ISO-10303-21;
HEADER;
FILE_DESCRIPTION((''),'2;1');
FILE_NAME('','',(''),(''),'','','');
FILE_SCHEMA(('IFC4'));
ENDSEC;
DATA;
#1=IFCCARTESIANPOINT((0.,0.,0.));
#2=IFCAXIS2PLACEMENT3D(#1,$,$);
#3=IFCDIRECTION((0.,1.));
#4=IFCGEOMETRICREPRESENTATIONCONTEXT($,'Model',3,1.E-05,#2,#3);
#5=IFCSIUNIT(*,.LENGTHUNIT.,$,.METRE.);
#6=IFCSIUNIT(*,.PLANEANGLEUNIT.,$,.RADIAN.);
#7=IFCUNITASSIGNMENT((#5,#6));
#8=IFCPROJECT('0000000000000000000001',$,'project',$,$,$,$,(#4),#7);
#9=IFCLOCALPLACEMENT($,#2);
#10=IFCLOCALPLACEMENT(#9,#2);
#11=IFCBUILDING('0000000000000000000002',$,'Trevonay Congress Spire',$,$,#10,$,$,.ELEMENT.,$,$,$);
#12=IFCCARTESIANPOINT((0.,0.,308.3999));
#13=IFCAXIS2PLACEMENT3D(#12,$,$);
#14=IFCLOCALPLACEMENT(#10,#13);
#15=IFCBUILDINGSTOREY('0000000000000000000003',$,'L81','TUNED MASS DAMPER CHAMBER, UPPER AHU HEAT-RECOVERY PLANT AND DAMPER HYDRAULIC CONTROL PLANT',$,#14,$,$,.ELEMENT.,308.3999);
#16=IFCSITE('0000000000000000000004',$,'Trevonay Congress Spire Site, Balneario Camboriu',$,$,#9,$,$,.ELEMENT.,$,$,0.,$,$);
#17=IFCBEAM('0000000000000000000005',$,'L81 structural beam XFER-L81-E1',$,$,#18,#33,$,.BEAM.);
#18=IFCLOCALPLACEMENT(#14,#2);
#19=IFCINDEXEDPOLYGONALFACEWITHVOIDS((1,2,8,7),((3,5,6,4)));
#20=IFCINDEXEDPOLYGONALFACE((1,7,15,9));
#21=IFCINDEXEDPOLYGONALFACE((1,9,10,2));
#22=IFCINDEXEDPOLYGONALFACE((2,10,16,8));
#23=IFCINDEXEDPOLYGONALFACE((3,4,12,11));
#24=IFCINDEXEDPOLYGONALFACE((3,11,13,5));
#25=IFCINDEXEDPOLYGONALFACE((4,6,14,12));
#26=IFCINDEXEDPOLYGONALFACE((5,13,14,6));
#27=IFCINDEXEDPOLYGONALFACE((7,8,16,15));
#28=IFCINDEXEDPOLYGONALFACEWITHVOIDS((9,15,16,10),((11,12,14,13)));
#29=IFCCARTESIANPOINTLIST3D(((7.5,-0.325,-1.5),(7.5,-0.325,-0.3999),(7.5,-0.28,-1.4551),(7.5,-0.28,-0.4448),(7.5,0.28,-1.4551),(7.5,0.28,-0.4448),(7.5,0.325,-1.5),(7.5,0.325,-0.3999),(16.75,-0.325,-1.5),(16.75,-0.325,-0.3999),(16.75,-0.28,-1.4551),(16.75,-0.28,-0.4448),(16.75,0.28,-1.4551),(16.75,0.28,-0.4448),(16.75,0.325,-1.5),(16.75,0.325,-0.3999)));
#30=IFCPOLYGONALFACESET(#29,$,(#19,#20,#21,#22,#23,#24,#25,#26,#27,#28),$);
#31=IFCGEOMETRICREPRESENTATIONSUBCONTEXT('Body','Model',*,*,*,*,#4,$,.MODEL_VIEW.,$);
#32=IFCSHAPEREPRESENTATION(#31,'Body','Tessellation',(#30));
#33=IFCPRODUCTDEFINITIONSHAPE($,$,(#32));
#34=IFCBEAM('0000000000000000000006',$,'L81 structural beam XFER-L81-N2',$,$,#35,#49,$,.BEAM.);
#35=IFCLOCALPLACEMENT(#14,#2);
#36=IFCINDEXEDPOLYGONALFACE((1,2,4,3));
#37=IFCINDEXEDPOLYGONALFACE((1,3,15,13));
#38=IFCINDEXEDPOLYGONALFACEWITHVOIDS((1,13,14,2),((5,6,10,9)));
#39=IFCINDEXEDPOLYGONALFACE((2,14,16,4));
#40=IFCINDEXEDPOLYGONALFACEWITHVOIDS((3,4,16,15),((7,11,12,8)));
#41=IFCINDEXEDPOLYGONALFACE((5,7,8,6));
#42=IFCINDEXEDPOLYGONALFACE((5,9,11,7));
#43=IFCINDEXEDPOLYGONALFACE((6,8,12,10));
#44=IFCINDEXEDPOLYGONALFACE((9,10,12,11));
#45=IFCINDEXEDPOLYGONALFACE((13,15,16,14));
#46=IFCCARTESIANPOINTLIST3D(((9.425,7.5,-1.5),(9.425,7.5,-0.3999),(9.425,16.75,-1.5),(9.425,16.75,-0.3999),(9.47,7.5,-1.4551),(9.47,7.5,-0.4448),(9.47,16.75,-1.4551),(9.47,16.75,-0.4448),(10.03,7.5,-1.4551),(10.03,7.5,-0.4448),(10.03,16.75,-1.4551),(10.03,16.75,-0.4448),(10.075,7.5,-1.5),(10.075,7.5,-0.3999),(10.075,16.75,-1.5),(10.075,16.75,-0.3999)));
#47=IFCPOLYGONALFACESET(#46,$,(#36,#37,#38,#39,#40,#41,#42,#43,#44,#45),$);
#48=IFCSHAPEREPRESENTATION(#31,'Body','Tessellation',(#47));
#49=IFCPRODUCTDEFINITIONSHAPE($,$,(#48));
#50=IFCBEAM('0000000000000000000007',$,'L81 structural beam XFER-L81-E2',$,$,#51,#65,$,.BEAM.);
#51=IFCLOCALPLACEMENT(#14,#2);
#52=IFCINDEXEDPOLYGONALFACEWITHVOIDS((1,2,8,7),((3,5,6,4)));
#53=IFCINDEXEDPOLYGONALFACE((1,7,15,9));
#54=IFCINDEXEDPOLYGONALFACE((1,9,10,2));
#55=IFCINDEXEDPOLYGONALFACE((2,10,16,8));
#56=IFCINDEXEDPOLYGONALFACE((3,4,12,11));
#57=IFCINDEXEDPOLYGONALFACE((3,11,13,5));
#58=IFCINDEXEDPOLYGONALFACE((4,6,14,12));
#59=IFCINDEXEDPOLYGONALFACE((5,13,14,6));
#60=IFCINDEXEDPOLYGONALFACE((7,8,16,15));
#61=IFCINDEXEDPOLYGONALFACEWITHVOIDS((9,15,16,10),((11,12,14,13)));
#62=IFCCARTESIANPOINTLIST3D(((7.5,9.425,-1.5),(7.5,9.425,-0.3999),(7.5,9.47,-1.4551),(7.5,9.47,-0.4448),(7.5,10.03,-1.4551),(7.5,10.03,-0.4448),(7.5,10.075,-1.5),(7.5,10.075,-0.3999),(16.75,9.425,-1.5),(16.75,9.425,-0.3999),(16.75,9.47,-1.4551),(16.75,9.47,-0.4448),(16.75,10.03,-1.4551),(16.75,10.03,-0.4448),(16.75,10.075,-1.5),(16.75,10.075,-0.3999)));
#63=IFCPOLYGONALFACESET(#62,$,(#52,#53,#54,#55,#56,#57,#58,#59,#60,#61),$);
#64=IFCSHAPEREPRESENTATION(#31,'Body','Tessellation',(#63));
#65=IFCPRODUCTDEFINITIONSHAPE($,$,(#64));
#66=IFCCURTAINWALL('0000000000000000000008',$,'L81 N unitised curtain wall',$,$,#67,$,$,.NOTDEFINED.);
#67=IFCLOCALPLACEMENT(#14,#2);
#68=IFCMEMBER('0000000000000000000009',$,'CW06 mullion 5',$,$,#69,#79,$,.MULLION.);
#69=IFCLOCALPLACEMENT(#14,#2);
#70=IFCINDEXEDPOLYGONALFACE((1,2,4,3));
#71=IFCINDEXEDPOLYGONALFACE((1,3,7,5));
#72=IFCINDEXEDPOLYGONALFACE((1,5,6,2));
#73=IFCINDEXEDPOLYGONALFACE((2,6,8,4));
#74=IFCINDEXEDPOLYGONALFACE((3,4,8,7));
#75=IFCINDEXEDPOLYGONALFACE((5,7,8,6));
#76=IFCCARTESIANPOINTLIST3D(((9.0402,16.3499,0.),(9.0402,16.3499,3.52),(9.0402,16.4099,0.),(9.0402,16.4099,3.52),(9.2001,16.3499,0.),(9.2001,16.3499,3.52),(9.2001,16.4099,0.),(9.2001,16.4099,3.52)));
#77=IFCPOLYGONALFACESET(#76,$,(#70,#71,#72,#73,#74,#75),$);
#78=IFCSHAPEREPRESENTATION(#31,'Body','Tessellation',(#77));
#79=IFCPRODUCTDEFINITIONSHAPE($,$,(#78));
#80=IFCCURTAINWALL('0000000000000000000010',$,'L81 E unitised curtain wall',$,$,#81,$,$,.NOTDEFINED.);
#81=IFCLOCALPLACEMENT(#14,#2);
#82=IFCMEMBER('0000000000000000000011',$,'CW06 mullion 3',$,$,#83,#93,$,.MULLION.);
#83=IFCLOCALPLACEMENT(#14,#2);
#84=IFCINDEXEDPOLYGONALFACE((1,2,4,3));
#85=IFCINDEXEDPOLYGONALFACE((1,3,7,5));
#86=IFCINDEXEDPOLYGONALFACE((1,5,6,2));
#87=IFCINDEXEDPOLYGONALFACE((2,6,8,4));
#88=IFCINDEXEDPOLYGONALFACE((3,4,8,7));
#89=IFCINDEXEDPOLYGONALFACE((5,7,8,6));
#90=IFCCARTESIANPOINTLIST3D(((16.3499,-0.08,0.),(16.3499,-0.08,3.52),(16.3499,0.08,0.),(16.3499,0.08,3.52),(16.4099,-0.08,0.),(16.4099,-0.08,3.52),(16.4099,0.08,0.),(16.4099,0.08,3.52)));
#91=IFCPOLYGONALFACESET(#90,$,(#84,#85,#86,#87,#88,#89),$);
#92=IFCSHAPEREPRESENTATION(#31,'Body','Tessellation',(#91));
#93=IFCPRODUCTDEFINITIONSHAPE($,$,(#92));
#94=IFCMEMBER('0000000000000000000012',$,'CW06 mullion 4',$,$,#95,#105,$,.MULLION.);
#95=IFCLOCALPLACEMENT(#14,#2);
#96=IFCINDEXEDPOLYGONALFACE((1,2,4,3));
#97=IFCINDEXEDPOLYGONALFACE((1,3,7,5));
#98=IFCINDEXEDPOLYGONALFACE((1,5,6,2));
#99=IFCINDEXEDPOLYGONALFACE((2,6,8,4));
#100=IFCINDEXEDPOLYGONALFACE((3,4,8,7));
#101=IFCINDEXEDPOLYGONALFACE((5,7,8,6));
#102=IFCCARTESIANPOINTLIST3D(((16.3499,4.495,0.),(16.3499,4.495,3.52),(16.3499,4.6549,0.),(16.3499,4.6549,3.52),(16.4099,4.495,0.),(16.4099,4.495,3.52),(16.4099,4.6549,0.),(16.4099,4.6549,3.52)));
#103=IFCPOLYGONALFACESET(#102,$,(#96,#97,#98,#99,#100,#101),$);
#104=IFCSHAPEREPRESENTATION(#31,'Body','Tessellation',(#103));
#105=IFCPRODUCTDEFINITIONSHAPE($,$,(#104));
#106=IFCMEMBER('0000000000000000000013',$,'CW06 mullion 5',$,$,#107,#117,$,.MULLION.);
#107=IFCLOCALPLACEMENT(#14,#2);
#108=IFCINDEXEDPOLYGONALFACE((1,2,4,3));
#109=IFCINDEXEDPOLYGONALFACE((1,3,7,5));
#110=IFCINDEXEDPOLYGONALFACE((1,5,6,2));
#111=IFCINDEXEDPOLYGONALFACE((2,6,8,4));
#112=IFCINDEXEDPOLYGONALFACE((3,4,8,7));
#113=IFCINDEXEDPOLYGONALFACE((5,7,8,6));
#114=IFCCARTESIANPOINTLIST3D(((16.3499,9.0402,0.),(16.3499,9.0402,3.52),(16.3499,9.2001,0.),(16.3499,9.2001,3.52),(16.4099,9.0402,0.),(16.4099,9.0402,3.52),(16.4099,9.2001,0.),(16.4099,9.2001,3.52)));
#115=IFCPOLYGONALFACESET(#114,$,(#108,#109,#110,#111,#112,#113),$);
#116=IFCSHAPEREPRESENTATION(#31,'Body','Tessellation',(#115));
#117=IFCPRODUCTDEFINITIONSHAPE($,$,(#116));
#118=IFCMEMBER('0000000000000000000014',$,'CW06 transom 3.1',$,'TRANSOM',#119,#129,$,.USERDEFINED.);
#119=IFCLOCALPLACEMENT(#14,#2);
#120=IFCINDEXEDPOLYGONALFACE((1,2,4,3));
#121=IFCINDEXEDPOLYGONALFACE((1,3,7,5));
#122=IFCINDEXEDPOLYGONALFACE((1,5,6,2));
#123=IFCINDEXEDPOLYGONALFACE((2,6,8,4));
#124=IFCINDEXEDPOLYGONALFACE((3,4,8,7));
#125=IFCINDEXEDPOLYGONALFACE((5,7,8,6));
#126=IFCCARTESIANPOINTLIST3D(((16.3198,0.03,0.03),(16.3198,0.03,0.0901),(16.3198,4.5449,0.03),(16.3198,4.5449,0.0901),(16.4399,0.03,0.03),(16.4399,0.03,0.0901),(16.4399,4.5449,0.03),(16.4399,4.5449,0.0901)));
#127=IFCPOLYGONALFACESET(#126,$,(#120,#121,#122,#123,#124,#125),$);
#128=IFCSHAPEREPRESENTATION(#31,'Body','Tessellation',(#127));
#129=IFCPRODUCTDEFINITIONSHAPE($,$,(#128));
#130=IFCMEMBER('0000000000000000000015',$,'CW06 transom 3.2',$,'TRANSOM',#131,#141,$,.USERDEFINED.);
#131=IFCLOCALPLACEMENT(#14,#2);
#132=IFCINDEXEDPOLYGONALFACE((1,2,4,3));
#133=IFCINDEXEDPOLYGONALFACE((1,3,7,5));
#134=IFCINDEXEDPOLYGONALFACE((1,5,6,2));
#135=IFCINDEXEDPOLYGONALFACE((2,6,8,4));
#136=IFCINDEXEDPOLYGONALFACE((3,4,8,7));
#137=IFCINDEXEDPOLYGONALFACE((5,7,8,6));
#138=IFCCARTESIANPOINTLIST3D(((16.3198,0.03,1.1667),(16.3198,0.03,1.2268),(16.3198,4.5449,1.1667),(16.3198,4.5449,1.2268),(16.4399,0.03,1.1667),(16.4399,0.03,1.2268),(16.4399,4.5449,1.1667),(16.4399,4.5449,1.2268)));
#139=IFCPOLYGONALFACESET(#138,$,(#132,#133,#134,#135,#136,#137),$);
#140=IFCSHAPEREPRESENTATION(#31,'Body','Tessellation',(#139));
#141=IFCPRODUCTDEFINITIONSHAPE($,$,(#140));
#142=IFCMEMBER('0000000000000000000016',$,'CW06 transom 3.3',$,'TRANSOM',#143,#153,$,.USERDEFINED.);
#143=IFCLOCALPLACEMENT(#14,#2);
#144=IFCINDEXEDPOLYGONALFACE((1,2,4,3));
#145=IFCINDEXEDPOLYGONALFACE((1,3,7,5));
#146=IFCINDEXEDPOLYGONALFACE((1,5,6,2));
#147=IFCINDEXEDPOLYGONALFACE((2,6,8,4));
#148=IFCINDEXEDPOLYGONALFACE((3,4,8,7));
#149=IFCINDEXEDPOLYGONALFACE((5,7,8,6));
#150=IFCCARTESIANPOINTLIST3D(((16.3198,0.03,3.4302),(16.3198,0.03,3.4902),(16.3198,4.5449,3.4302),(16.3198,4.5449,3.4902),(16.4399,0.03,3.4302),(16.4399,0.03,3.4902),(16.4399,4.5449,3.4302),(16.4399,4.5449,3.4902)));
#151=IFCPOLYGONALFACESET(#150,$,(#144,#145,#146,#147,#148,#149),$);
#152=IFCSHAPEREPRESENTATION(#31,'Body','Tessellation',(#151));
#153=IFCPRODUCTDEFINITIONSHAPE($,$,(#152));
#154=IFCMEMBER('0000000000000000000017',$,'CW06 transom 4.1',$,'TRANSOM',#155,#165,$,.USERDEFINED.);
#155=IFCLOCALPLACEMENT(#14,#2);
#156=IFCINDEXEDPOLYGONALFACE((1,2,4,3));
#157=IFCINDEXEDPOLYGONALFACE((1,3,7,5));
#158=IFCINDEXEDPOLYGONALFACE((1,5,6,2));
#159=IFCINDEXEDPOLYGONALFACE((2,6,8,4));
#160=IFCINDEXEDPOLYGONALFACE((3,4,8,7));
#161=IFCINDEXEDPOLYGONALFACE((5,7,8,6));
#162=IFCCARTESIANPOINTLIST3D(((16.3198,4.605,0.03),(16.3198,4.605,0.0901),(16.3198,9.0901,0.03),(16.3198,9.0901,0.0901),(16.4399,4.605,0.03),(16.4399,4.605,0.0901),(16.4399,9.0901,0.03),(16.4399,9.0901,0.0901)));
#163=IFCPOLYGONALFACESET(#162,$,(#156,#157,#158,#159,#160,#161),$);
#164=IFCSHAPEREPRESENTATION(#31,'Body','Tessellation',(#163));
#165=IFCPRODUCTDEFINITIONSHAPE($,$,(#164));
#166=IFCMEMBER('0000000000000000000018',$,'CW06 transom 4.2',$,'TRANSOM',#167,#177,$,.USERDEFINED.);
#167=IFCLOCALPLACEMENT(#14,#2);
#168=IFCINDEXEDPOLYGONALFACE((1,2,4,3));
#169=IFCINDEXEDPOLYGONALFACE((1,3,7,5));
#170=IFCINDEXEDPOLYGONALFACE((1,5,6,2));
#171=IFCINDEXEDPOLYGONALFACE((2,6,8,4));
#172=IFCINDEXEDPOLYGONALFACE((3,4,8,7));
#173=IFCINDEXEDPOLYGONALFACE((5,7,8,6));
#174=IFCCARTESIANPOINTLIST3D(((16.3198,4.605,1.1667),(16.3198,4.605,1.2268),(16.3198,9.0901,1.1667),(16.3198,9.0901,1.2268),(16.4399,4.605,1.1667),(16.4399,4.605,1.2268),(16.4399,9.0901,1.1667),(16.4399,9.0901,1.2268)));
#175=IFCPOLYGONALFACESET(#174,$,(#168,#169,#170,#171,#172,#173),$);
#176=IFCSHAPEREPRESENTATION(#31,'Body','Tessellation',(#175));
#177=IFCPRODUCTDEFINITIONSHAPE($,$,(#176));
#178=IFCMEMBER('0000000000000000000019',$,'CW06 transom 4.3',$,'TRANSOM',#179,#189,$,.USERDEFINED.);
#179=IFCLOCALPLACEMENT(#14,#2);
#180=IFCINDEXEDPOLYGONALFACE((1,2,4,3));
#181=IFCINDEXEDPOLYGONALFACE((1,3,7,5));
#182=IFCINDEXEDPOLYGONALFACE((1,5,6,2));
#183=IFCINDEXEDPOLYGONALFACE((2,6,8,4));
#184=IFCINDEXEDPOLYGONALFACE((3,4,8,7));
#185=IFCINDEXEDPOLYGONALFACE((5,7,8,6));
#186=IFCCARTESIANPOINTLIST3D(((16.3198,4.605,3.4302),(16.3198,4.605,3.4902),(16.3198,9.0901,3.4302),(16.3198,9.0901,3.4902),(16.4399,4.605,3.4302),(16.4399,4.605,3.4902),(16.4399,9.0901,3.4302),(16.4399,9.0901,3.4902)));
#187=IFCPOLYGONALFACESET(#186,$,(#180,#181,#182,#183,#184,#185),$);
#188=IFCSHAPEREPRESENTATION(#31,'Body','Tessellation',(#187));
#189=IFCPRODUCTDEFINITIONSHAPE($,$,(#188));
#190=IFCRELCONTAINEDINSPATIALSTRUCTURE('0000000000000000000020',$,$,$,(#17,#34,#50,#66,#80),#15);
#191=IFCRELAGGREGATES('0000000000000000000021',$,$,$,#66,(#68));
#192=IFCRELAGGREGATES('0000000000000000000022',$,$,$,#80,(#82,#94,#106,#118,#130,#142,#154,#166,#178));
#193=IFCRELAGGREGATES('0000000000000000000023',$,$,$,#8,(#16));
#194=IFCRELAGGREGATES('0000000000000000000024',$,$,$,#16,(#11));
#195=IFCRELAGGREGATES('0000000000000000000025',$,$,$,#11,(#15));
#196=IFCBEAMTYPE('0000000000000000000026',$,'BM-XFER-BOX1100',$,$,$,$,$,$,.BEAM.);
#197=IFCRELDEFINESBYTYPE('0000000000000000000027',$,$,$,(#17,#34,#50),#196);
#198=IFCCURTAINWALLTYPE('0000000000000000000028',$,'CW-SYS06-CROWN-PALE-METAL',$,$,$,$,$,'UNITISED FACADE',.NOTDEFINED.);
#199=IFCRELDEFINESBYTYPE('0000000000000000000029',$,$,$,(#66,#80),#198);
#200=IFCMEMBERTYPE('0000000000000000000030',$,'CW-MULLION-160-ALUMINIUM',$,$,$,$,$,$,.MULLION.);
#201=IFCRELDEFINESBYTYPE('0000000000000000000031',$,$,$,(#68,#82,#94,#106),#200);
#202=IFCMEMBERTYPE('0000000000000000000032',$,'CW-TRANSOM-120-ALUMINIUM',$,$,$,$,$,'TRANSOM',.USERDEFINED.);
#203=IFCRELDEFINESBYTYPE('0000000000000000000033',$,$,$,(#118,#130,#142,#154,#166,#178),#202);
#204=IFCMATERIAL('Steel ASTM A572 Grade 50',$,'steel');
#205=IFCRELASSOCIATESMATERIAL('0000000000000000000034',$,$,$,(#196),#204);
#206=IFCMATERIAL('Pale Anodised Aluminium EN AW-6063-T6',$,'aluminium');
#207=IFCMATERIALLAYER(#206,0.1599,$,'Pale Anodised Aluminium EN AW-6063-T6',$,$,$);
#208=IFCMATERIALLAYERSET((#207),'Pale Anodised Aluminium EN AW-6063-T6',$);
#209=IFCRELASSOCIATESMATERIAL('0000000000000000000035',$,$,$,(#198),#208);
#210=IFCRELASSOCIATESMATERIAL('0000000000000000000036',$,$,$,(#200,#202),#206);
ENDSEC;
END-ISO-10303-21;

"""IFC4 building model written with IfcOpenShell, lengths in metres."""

from ifc_helpers import new_model, si_unit, direction, frame, origin, origin_2d, place, context, subcontext, project, spatial, rectangle, hollow_rectangle, extrude, material, layer, layer_set, material_profile, profile_set, type_object, element, aggregate, save


model = new_model("IFC4")

# Units and contexts
model_context = context("Model", 3, precision=1e-05, world=origin(), true_north=direction((0.0, 1.0)))
body_context = subcontext(model_context, "Body", "Model", "MODEL_VIEW")
ifc_project = project(units=[si_unit("LENGTHUNIT", "METRE"), si_unit("PLANEANGLEUNIT", "RADIAN")], contexts=[model_context])

# Site, building, storey
site_placement = place(None, origin())
site = spatial("IfcSite", under=ifc_project, at=site_placement, Name="Trevonay Congress Spire Site, Balneario Camboriu", CompositionType="ELEMENT", RefElevation=0.0)
building_placement = place(site_placement, origin())
building = spatial("IfcBuilding", under=site, at=building_placement, Name="Trevonay Congress Spire", CompositionType="ELEMENT")
storey_placement = place(building_placement, frame((0.0, 0.0, 308.3999)))
storey = spatial("IfcBuildingStorey", under=building, at=storey_placement, Name="L81", Description="TUNED MASS DAMPER CHAMBER, UPPER AHU HEAT-RECOVERY PLANT AND DAMPER HYDRAULIC CONTROL PLANT", CompositionType="ELEMENT", Elevation=308.3999)

# Shared definitions
ifc_material_1 = material(Name="Steel ASTM A572 Grade 50", Category="steel")

# Beams
ifc_material_profile_1 = material_profile(ifc_material_1, hollow_rectangle(XDim=0.6499, YDim=1.1001, WallThickness=0.0449, at=origin_2d()), Name="BOX 1100x650x45")
ifc_profile_set_1 = profile_set([ifc_material_profile_1], Name="Steel ASTM A572 Grade 50")
beam_type_1 = type_object("IfcBeamType", Name="BM-XFER-BOX1100", PredefinedType="BEAM", material=ifc_profile_set_1)
for number, where, z_axis, x_axis, name in (
    (1, (7.5, 0.0, -0.95), (1.0, 0.0, 0.0), (0.0, 1.0, 0.0), "L81 structural beam XFER-L81-E1"),
    (2, (9.75, 7.5, -0.95), (0.0, 1.0, 0.0), (-1.0, 0.0, 0.0), "L81 structural beam XFER-L81-N2"),
    (3, (7.5, 9.75, -0.95), (1.0, 0.0, 0.0), (0.0, 1.0, 0.0), "L81 structural beam XFER-L81-E2"),
):
    element("IfcBeam", number, at=place(storey_placement, frame(where, z_axis=z_axis, x_axis=x_axis)), inside=storey, type_object=beam_type_1, Name=name, PredefinedType="BEAM", context=body_context, shape_type="SweptSolid", body=[
        extrude(hollow_rectangle(XDim=0.6499, YDim=1.1001, WallThickness=0.0449, at=origin_2d()), origin(), (0.0, 0.0, 1.0), 9.25),
    ])

# Curtain wall, member
ifc_material_2 = material(Name="Pale Anodised Aluminium EN AW-6063-T6", Category="aluminium")
ifc_layer_1 = layer(ifc_material_2, 0.1599, Name="Pale Anodised Aluminium EN AW-6063-T6")
ifc_layer_set_1 = layer_set([ifc_layer_1], Name="Pale Anodised Aluminium EN AW-6063-T6")
curtain_wall_type = type_object("IfcCurtainWallType", Name="CW-SYS06-CROWN-PALE-METAL", ElementType="UNITISED FACADE", PredefinedType="NOTDEFINED", material=ifc_layer_set_1)
curtain_wall_1_placement = place(storey_placement, origin())
curtain_wall_1 = element("IfcCurtainWall", 4, at=curtain_wall_1_placement, inside=storey, type_object=curtain_wall_type, Name="L81 N unitised curtain wall", PredefinedType="NOTDEFINED")
ifc_material_profile_2 = material_profile(ifc_material_2, rectangle(XDim=0.0601, YDim=0.1599, at=origin_2d()), Name="CW-MULLION-160-ALUMINIUM")
ifc_profile_set_2 = profile_set([ifc_material_profile_2], Name="Pale Anodised Aluminium EN AW-6063-T6")
member_type_1 = type_object("IfcMemberType", Name="CW-MULLION-160-ALUMINIUM", PredefinedType="MULLION", material=ifc_profile_set_2)
member_1_placement = place(storey_placement, frame((9.1201, 16.3799, 0.0), z_axis=(0.0, 0.0, 1.0), x_axis=(0.0, 1.0, 0.0)))
member_1 = element("IfcMember", 5, at=member_1_placement, type_object=member_type_1, Name="CW06 mullion 5", PredefinedType="MULLION", context=body_context, shape_type="SweptSolid", body=[
    extrude(rectangle(XDim=0.0601, YDim=0.1599, at=origin_2d()), origin(), (0.0, 0.0, 1.0), 3.52),
])
aggregate(curtain_wall_1, [member_1])

# Curtain wall, members
curtain_wall_2_placement = place(storey_placement, origin())
curtain_wall_2 = element("IfcCurtainWall", 6, at=curtain_wall_2_placement, inside=storey, type_object=curtain_wall_type, Name="L81 E unitised curtain wall", PredefinedType="NOTDEFINED")
member_2_placement = place(storey_placement, frame((16.3799, 0.0, 0.0), z_axis=(0.0, 0.0, 1.0), x_axis=(-1.0, 0.0, 0.0)))
member_2 = element("IfcMember", 7, at=member_2_placement, type_object=member_type_1, Name="CW06 mullion 3", PredefinedType="MULLION", context=body_context, shape_type="SweptSolid", body=[
    extrude(rectangle(XDim=0.0601, YDim=0.1599, at=origin_2d()), origin(), (0.0, 0.0, 1.0), 3.52),
])
member_3_placement = place(storey_placement, frame((16.3799, 4.575, 0.0), z_axis=(0.0, 0.0, 1.0), x_axis=(-1.0, 0.0, 0.0)))
member_3 = element("IfcMember", 8, at=member_3_placement, type_object=member_type_1, Name="CW06 mullion 4", PredefinedType="MULLION", context=body_context, shape_type="SweptSolid", body=[
    extrude(rectangle(XDim=0.0601, YDim=0.1599, at=origin_2d()), origin(), (0.0, 0.0, 1.0), 3.52),
])
member_4_placement = place(storey_placement, frame((16.3799, 9.1201, 0.0), z_axis=(0.0, 0.0, 1.0), x_axis=(-1.0, 0.0, 0.0)))
member_4 = element("IfcMember", 9, at=member_4_placement, type_object=member_type_1, Name="CW06 mullion 5", PredefinedType="MULLION", context=body_context, shape_type="SweptSolid", body=[
    extrude(rectangle(XDim=0.0601, YDim=0.1599, at=origin_2d()), origin(), (0.0, 0.0, 1.0), 3.52),
])
ifc_material_profile_3 = material_profile(ifc_material_2, rectangle(XDim=0.1201, YDim=0.0601, at=origin_2d()), Name="CW-TRANSOM-120-ALUMINIUM")
ifc_profile_set_3 = profile_set([ifc_material_profile_3], Name="Pale Anodised Aluminium EN AW-6063-T6")
member_type_2 = type_object("IfcMemberType", Name="CW-TRANSOM-120-ALUMINIUM", ElementType="TRANSOM", PredefinedType="USERDEFINED", material=ifc_profile_set_3)
member_5_placement = place(storey_placement, frame((16.3799, 0.03, 0.0601), z_axis=(0.0, 1.0, 0.0), x_axis=(-1.0, 0.0, 0.0)))
member_5 = element("IfcMember", 10, at=member_5_placement, type_object=member_type_2, Name="CW06 transom 3.1", ObjectType="TRANSOM", PredefinedType="USERDEFINED", context=body_context, shape_type="SweptSolid", body=[
    extrude(rectangle(XDim=0.1201, YDim=0.0601, at=origin_2d()), origin(), (0.0, 0.0, 1.0), 4.5149),
])
member_6_placement = place(storey_placement, frame((16.3799, 0.03, 1.1968), z_axis=(0.0, 1.0, 0.0), x_axis=(-1.0, 0.0, 0.0)))
member_6 = element("IfcMember", 11, at=member_6_placement, type_object=member_type_2, Name="CW06 transom 3.2", ObjectType="TRANSOM", PredefinedType="USERDEFINED", context=body_context, shape_type="SweptSolid", body=[
    extrude(rectangle(XDim=0.1201, YDim=0.0601, at=origin_2d()), origin(), (0.0, 0.0, 1.0), 4.5149),
])
member_7_placement = place(storey_placement, frame((16.3799, 0.03, 3.4602), z_axis=(0.0, 1.0, 0.0), x_axis=(-1.0, 0.0, 0.0)))
member_7 = element("IfcMember", 12, at=member_7_placement, type_object=member_type_2, Name="CW06 transom 3.3", ObjectType="TRANSOM", PredefinedType="USERDEFINED", context=body_context, shape_type="SweptSolid", body=[
    extrude(rectangle(XDim=0.1201, YDim=0.0601, at=origin_2d()), origin(), (0.0, 0.0, 1.0), 4.5149),
])
member_8_placement = place(storey_placement, frame((16.3799, 4.605, 0.0601), z_axis=(0.0, 1.0, 0.0), x_axis=(-1.0, 0.0, 0.0)))
member_8 = element("IfcMember", 13, at=member_8_placement, type_object=member_type_2, Name="CW06 transom 4.1", ObjectType="TRANSOM", PredefinedType="USERDEFINED", context=body_context, shape_type="SweptSolid", body=[
    extrude(rectangle(XDim=0.1201, YDim=0.0601, at=origin_2d()), origin(), (0.0, 0.0, 1.0), 4.4851),
])
member_9_placement = place(storey_placement, frame((16.3799, 4.605, 1.1968), z_axis=(0.0, 1.0, 0.0), x_axis=(-1.0, 0.0, 0.0)))
member_9 = element("IfcMember", 14, at=member_9_placement, type_object=member_type_2, Name="CW06 transom 4.2", ObjectType="TRANSOM", PredefinedType="USERDEFINED", context=body_context, shape_type="SweptSolid", body=[
    extrude(rectangle(XDim=0.1201, YDim=0.0601, at=origin_2d()), origin(), (0.0, 0.0, 1.0), 4.4851),
])
member_10_placement = place(storey_placement, frame((16.3799, 4.605, 3.4602), z_axis=(0.0, 1.0, 0.0), x_axis=(-1.0, 0.0, 0.0)))
member_10 = element("IfcMember", 15, at=member_10_placement, type_object=member_type_2, Name="CW06 transom 4.3", ObjectType="TRANSOM", PredefinedType="USERDEFINED", context=body_context, shape_type="SweptSolid", body=[
    extrude(rectangle(XDim=0.1201, YDim=0.0601, at=origin_2d()), origin(), (0.0, 0.0, 1.0), 4.4851),
])

aggregate(curtain_wall_2, [member_2, member_3, member_4, member_5, member_6, member_7, member_8, member_9, member_10])

save(model, "model.ifc")
